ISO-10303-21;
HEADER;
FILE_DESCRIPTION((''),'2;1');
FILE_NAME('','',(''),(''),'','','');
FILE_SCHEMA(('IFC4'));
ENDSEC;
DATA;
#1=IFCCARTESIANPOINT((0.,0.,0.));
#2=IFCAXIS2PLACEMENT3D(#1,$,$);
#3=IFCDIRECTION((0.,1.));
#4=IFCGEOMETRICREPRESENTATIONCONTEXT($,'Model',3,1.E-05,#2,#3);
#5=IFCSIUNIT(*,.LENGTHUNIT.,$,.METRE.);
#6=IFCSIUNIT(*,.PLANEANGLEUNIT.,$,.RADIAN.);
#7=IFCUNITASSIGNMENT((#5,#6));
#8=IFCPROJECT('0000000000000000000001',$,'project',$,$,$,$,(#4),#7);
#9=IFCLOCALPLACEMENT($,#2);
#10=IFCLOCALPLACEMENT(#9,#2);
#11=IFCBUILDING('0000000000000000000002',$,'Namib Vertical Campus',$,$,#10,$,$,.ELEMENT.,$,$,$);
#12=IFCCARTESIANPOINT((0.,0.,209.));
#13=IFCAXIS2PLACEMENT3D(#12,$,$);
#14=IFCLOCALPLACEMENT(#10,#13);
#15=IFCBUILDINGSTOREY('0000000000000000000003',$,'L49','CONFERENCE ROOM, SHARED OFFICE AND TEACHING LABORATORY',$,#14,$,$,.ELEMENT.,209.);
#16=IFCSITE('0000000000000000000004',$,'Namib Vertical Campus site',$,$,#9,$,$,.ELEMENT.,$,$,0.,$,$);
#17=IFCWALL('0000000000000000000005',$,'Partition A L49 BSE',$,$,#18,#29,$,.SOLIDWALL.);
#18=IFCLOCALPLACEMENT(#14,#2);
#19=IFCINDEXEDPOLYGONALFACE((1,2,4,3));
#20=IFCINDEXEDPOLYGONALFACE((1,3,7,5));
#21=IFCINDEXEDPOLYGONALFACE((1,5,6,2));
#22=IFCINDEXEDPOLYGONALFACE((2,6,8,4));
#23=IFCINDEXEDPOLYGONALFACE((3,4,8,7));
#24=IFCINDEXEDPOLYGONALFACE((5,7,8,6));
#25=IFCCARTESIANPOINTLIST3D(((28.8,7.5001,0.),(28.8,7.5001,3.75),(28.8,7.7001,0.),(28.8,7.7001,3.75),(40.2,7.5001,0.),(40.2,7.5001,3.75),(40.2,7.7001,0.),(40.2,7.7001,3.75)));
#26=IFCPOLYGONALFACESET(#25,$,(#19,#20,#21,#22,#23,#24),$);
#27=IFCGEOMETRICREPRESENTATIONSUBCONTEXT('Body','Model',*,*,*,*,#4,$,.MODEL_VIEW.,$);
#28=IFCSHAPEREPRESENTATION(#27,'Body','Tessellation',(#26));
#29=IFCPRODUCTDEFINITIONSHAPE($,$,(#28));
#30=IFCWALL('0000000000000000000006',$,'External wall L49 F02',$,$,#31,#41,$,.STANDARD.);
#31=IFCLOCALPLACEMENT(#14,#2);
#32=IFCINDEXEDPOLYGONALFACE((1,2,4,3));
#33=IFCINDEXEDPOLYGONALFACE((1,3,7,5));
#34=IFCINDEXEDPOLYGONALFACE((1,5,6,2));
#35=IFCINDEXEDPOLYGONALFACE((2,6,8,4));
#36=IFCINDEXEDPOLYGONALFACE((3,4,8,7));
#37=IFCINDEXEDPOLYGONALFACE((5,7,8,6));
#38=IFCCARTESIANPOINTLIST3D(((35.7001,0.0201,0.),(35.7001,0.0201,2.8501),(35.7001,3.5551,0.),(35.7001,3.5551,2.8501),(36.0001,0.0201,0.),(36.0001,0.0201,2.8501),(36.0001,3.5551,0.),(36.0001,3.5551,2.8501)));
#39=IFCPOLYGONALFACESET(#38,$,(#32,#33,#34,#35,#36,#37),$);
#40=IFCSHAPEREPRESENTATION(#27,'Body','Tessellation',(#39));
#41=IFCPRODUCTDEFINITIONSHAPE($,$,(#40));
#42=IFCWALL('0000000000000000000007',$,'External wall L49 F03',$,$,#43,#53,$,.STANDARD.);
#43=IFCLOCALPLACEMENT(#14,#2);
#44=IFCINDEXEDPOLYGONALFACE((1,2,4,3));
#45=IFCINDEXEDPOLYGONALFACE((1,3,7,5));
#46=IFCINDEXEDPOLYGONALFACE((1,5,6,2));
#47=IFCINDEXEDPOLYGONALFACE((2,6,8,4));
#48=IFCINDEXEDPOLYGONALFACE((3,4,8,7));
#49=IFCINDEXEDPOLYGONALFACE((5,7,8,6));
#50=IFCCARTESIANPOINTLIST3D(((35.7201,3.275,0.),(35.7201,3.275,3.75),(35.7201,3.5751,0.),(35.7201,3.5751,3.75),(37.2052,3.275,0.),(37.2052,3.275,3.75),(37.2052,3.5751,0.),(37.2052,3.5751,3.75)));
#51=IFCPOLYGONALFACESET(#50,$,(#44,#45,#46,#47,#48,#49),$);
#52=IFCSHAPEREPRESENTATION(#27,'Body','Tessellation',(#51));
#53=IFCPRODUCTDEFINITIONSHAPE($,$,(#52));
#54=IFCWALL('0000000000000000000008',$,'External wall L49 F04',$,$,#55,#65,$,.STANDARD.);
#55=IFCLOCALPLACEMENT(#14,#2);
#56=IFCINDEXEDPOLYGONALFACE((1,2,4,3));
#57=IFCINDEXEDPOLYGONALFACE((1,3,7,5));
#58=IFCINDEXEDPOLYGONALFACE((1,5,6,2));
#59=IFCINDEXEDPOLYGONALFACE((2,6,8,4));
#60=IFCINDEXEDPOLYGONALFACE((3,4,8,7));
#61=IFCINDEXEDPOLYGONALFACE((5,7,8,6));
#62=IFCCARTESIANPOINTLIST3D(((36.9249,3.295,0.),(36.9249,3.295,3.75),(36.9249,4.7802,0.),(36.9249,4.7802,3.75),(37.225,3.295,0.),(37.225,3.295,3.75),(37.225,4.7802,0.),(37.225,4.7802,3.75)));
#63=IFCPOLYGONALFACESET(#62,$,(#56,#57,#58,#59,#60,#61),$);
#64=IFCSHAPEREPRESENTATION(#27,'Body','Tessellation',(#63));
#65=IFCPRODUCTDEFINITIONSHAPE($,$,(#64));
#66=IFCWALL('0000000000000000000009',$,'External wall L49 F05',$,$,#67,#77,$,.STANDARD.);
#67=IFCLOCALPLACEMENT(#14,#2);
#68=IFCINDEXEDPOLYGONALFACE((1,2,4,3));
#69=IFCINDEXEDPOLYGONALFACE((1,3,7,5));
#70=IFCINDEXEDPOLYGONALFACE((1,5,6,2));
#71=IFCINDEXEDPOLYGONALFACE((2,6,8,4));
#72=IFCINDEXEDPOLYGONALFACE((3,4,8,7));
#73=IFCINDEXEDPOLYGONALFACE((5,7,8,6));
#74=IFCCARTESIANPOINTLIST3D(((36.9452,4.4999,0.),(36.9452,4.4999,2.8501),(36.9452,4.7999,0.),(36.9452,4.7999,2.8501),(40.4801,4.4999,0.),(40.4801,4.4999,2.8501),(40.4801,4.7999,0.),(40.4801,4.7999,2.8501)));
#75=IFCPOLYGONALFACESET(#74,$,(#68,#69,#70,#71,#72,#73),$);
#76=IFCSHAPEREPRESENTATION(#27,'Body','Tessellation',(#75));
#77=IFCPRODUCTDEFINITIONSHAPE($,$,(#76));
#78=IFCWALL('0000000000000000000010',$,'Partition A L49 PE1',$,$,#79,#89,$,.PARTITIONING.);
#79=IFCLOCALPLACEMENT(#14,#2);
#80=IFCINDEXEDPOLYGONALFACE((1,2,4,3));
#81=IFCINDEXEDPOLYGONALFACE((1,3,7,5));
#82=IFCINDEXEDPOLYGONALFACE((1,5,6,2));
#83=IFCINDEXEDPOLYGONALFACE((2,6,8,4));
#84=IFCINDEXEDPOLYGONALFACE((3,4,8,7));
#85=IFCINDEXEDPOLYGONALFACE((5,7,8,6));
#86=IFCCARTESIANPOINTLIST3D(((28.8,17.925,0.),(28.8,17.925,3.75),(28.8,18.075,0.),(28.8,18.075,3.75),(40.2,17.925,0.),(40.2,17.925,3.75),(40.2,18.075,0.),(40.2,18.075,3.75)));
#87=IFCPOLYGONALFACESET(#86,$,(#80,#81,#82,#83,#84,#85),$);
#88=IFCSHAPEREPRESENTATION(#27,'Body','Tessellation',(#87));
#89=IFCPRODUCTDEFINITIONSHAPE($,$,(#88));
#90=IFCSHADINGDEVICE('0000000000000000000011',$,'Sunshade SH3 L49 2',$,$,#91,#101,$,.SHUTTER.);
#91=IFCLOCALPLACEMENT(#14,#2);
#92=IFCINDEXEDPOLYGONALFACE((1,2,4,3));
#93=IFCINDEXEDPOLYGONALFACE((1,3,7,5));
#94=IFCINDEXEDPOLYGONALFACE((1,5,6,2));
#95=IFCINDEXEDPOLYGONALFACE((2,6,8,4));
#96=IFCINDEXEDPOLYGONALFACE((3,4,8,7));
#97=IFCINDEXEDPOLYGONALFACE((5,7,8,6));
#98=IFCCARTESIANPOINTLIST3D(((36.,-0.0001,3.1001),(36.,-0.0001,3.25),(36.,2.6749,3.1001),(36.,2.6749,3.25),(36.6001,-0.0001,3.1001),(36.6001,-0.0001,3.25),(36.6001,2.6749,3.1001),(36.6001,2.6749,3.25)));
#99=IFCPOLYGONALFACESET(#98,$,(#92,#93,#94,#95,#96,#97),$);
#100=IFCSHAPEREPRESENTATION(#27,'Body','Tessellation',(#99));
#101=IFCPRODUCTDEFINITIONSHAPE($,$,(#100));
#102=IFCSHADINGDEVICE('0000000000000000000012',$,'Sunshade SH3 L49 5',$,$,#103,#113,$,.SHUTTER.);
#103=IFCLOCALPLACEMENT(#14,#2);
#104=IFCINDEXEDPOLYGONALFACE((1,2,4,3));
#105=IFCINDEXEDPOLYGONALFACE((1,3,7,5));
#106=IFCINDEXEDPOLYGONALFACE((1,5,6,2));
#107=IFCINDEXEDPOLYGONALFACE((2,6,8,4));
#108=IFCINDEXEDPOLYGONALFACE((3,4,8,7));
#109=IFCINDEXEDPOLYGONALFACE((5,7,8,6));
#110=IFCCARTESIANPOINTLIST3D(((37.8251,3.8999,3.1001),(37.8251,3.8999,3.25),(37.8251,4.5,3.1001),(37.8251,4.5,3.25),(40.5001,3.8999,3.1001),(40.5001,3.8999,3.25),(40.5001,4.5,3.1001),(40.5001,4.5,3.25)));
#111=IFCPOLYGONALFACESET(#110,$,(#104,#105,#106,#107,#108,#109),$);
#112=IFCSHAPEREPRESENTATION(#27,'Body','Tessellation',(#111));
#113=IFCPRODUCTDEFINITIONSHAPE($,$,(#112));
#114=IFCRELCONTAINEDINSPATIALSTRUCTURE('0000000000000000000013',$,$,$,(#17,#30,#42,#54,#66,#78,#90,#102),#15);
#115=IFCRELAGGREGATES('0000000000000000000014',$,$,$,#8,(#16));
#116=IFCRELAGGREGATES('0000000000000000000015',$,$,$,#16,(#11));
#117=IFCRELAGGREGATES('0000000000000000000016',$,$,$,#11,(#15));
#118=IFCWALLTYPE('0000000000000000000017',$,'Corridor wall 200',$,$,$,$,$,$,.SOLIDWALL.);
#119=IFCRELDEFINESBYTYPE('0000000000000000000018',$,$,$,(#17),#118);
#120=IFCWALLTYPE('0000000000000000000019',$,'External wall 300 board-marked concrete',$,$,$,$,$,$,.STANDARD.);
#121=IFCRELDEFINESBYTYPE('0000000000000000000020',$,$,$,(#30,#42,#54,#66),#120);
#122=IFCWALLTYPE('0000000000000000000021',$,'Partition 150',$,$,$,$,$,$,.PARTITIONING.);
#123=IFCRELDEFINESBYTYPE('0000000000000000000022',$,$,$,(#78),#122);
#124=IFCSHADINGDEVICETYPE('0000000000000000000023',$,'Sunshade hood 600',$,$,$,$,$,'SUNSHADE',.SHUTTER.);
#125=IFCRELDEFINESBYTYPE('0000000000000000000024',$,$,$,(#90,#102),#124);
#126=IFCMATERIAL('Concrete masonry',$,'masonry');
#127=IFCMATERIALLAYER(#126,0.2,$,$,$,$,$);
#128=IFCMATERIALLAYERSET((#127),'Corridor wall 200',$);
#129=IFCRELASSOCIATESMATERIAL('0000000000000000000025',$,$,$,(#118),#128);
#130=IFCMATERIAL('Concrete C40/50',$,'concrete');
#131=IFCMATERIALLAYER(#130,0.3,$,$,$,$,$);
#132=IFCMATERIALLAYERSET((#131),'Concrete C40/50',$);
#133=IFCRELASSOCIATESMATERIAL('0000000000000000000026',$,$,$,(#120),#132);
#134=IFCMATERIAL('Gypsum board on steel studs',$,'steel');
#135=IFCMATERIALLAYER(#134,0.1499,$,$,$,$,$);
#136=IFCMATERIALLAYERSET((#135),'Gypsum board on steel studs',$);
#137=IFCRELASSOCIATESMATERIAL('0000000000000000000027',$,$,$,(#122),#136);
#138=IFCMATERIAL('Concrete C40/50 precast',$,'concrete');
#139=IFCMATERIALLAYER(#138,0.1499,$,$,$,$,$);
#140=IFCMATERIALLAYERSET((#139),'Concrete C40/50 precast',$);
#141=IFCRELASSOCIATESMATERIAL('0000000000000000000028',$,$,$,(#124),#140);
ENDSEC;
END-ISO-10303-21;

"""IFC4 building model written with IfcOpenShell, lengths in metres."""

from ifc_helpers import new_model, si_unit, direction, frame, frame_2d, origin, origin_2d, place, context, subcontext, project, spatial, rectangle, extrude, material, layer, layer_set, type_object, element, save


model = new_model("IFC4")

# Units and contexts
model_context = context("Model", 3, precision=1e-05, world=origin(), true_north=direction((0.0, 1.0)))
body_context = subcontext(model_context, "Body", "Model", "MODEL_VIEW")
ifc_project = project(units=[si_unit("LENGTHUNIT", "METRE"), si_unit("PLANEANGLEUNIT", "RADIAN")], contexts=[model_context])

# Site, building, storey
site_placement = place(None, origin())
site = spatial("IfcSite", under=ifc_project, at=site_placement, Name="Namib Vertical Campus site", CompositionType="ELEMENT", RefElevation=0.0)
building_placement = place(site_placement, origin())
building = spatial("IfcBuilding", under=site, at=building_placement, Name="Namib Vertical Campus", CompositionType="ELEMENT")
storey_placement = place(building_placement, frame((0.0, 0.0, 209.0)))
storey = spatial("IfcBuildingStorey", under=building, at=storey_placement, Name="L49", Description="CONFERENCE ROOM, SHARED OFFICE AND TEACHING LABORATORY", CompositionType="ELEMENT", Elevation=209.0)

# Shared definitions
ifc_material_1 = material(Name="Concrete masonry", Category="masonry")
ifc_layer_1 = layer(ifc_material_1, 0.2)
ifc_layer_set_1 = layer_set([ifc_layer_1], Name="Corridor wall 200")
wall_type_1 = type_object("IfcWallType", Name="Corridor wall 200", PredefinedType="SOLIDWALL", material=ifc_layer_set_1)

# Walls
wall_1_placement = place(storey_placement, frame((28.8, 7.6001, 0.0), z_axis=(0.0, 0.0, 1.0), x_axis=(1.0, 0.0, 0.0)))
element("IfcWall", 1, at=wall_1_placement, inside=storey, type_object=wall_type_1, Name="Partition A L49 BSE", PredefinedType="SOLIDWALL", context=body_context, shape_type="SweptSolid", body=[
    extrude(rectangle(XDim=11.3999, YDim=0.2, at=frame_2d((5.7, 0.0))), origin(), (0.0, 0.0, 1.0), 3.75),
])
ifc_material_2 = material(Name="Concrete C40/50", Category="concrete")
ifc_layer_2 = layer(ifc_material_2, 0.3)
ifc_layer_set_2 = layer_set([ifc_layer_2], Name="Concrete C40/50")
wall_type_2 = type_object("IfcWallType", Name="External wall 300 board-marked concrete", PredefinedType="STANDARD", material=ifc_layer_set_2)
wall_2_placement = place(storey_placement, frame((35.8501, 0.02, 0.0), z_axis=(0.0, 0.0, 1.0), x_axis=(0.0, 1.0, 0.0)))
element("IfcWall", 2, at=wall_2_placement, inside=storey, type_object=wall_type_2, Name="External wall L49 F02", PredefinedType="STANDARD", context=body_context, shape_type="SweptSolid", body=[
    extrude(rectangle(XDim=3.5349, YDim=0.3, at=frame_2d((1.7676, 0.0))), origin(), (0.0, 0.0, 1.0), 2.8501),
])
for number, where, z_axis, x_axis, name in (
    (3, (35.72, 3.425, 0.0), (0.0, 0.0, 1.0), (1.0, 0.0, 0.0), "External wall L49 F03"),
    (4, (37.075, 3.2949, 0.0), (0.0, 0.0, 1.0), (0.0, 1.0, 0.0), "External wall L49 F04"),
):
    element("IfcWall", number, at=place(storey_placement, frame(where, z_axis=z_axis, x_axis=x_axis)), inside=storey, type_object=wall_type_2, Name=name, PredefinedType="STANDARD", context=body_context, shape_type="SweptSolid", body=[
        extrude(rectangle(XDim=1.4851, YDim=0.3, at=frame_2d((0.7427, 0.0))), origin(), (0.0, 0.0, 1.0), 3.75),
    ])
wall_3_placement = place(storey_placement, frame((36.9451, 4.6499, 0.0), z_axis=(0.0, 0.0, 1.0), x_axis=(1.0, 0.0, 0.0)))
element("IfcWall", 5, at=wall_3_placement, inside=storey, type_object=wall_type_2, Name="External wall L49 F05", PredefinedType="STANDARD", context=body_context, shape_type="SweptSolid", body=[
    extrude(rectangle(XDim=3.5349, YDim=0.3, at=frame_2d((1.7676, 0.0))), origin(), (0.0, 0.0, 1.0), 2.8501),
])
ifc_material_3 = material(Name="Gypsum board on steel studs", Category="steel")
ifc_layer_3 = layer(ifc_material_3, 0.1499)
ifc_layer_set_3 = layer_set([ifc_layer_3], Name="Gypsum board on steel studs")
wall_type_3 = type_object("IfcWallType", Name="Partition 150", PredefinedType="PARTITIONING", material=ifc_layer_set_3)
wall_4_placement = place(storey_placement, frame((28.8, 18.0, 0.0), z_axis=(0.0, 0.0, 1.0), x_axis=(1.0, 0.0, 0.0)))
element("IfcWall", 6, at=wall_4_placement, inside=storey, type_object=wall_type_3, Name="Partition A L49 PE1", PredefinedType="PARTITIONING", context=body_context, shape_type="SweptSolid", body=[
    extrude(rectangle(XDim=11.3999, YDim=0.1499, at=frame_2d((5.7, 0.0))), origin(), (0.0, 0.0, 1.0), 3.75),
])

# Shading devices
ifc_material_4 = material(Name="Concrete C40/50 precast", Category="concrete")
ifc_layer_4 = layer(ifc_material_4, 0.1499)
ifc_layer_set_4 = layer_set([ifc_layer_4], Name="Concrete C40/50 precast")
shading_device_type = type_object("IfcShadingDeviceType", Name="Sunshade hood 600", ElementType="SUNSHADE", PredefinedType="SHUTTER", material=ifc_layer_set_4)
for number, where, z_axis, x_axis, name in (
    (7, (36.3, 1.3374, 3.1001), (0.0, 0.0, 1.0), (0.0, 1.0, 0.0), "Sunshade SH3 L49 2"),
    (8, (39.1626, 4.2, 3.1001), (0.0, 0.0, 1.0), (1.0, 0.0, 0.0), "Sunshade SH3 L49 5"),
):
    element("IfcShadingDevice", number, at=place(storey_placement, frame(where, z_axis=z_axis, x_axis=x_axis)), inside=storey, type_object=shading_device_type, Name=name, PredefinedType="SHUTTER", context=body_context, shape_type="SweptSolid", body=[
        extrude(rectangle(XDim=2.675, YDim=0.6001, at=origin_2d()), origin(), (0.0, 0.0, 1.0), 0.1499),
    ])

save(model, "model.ifc")
